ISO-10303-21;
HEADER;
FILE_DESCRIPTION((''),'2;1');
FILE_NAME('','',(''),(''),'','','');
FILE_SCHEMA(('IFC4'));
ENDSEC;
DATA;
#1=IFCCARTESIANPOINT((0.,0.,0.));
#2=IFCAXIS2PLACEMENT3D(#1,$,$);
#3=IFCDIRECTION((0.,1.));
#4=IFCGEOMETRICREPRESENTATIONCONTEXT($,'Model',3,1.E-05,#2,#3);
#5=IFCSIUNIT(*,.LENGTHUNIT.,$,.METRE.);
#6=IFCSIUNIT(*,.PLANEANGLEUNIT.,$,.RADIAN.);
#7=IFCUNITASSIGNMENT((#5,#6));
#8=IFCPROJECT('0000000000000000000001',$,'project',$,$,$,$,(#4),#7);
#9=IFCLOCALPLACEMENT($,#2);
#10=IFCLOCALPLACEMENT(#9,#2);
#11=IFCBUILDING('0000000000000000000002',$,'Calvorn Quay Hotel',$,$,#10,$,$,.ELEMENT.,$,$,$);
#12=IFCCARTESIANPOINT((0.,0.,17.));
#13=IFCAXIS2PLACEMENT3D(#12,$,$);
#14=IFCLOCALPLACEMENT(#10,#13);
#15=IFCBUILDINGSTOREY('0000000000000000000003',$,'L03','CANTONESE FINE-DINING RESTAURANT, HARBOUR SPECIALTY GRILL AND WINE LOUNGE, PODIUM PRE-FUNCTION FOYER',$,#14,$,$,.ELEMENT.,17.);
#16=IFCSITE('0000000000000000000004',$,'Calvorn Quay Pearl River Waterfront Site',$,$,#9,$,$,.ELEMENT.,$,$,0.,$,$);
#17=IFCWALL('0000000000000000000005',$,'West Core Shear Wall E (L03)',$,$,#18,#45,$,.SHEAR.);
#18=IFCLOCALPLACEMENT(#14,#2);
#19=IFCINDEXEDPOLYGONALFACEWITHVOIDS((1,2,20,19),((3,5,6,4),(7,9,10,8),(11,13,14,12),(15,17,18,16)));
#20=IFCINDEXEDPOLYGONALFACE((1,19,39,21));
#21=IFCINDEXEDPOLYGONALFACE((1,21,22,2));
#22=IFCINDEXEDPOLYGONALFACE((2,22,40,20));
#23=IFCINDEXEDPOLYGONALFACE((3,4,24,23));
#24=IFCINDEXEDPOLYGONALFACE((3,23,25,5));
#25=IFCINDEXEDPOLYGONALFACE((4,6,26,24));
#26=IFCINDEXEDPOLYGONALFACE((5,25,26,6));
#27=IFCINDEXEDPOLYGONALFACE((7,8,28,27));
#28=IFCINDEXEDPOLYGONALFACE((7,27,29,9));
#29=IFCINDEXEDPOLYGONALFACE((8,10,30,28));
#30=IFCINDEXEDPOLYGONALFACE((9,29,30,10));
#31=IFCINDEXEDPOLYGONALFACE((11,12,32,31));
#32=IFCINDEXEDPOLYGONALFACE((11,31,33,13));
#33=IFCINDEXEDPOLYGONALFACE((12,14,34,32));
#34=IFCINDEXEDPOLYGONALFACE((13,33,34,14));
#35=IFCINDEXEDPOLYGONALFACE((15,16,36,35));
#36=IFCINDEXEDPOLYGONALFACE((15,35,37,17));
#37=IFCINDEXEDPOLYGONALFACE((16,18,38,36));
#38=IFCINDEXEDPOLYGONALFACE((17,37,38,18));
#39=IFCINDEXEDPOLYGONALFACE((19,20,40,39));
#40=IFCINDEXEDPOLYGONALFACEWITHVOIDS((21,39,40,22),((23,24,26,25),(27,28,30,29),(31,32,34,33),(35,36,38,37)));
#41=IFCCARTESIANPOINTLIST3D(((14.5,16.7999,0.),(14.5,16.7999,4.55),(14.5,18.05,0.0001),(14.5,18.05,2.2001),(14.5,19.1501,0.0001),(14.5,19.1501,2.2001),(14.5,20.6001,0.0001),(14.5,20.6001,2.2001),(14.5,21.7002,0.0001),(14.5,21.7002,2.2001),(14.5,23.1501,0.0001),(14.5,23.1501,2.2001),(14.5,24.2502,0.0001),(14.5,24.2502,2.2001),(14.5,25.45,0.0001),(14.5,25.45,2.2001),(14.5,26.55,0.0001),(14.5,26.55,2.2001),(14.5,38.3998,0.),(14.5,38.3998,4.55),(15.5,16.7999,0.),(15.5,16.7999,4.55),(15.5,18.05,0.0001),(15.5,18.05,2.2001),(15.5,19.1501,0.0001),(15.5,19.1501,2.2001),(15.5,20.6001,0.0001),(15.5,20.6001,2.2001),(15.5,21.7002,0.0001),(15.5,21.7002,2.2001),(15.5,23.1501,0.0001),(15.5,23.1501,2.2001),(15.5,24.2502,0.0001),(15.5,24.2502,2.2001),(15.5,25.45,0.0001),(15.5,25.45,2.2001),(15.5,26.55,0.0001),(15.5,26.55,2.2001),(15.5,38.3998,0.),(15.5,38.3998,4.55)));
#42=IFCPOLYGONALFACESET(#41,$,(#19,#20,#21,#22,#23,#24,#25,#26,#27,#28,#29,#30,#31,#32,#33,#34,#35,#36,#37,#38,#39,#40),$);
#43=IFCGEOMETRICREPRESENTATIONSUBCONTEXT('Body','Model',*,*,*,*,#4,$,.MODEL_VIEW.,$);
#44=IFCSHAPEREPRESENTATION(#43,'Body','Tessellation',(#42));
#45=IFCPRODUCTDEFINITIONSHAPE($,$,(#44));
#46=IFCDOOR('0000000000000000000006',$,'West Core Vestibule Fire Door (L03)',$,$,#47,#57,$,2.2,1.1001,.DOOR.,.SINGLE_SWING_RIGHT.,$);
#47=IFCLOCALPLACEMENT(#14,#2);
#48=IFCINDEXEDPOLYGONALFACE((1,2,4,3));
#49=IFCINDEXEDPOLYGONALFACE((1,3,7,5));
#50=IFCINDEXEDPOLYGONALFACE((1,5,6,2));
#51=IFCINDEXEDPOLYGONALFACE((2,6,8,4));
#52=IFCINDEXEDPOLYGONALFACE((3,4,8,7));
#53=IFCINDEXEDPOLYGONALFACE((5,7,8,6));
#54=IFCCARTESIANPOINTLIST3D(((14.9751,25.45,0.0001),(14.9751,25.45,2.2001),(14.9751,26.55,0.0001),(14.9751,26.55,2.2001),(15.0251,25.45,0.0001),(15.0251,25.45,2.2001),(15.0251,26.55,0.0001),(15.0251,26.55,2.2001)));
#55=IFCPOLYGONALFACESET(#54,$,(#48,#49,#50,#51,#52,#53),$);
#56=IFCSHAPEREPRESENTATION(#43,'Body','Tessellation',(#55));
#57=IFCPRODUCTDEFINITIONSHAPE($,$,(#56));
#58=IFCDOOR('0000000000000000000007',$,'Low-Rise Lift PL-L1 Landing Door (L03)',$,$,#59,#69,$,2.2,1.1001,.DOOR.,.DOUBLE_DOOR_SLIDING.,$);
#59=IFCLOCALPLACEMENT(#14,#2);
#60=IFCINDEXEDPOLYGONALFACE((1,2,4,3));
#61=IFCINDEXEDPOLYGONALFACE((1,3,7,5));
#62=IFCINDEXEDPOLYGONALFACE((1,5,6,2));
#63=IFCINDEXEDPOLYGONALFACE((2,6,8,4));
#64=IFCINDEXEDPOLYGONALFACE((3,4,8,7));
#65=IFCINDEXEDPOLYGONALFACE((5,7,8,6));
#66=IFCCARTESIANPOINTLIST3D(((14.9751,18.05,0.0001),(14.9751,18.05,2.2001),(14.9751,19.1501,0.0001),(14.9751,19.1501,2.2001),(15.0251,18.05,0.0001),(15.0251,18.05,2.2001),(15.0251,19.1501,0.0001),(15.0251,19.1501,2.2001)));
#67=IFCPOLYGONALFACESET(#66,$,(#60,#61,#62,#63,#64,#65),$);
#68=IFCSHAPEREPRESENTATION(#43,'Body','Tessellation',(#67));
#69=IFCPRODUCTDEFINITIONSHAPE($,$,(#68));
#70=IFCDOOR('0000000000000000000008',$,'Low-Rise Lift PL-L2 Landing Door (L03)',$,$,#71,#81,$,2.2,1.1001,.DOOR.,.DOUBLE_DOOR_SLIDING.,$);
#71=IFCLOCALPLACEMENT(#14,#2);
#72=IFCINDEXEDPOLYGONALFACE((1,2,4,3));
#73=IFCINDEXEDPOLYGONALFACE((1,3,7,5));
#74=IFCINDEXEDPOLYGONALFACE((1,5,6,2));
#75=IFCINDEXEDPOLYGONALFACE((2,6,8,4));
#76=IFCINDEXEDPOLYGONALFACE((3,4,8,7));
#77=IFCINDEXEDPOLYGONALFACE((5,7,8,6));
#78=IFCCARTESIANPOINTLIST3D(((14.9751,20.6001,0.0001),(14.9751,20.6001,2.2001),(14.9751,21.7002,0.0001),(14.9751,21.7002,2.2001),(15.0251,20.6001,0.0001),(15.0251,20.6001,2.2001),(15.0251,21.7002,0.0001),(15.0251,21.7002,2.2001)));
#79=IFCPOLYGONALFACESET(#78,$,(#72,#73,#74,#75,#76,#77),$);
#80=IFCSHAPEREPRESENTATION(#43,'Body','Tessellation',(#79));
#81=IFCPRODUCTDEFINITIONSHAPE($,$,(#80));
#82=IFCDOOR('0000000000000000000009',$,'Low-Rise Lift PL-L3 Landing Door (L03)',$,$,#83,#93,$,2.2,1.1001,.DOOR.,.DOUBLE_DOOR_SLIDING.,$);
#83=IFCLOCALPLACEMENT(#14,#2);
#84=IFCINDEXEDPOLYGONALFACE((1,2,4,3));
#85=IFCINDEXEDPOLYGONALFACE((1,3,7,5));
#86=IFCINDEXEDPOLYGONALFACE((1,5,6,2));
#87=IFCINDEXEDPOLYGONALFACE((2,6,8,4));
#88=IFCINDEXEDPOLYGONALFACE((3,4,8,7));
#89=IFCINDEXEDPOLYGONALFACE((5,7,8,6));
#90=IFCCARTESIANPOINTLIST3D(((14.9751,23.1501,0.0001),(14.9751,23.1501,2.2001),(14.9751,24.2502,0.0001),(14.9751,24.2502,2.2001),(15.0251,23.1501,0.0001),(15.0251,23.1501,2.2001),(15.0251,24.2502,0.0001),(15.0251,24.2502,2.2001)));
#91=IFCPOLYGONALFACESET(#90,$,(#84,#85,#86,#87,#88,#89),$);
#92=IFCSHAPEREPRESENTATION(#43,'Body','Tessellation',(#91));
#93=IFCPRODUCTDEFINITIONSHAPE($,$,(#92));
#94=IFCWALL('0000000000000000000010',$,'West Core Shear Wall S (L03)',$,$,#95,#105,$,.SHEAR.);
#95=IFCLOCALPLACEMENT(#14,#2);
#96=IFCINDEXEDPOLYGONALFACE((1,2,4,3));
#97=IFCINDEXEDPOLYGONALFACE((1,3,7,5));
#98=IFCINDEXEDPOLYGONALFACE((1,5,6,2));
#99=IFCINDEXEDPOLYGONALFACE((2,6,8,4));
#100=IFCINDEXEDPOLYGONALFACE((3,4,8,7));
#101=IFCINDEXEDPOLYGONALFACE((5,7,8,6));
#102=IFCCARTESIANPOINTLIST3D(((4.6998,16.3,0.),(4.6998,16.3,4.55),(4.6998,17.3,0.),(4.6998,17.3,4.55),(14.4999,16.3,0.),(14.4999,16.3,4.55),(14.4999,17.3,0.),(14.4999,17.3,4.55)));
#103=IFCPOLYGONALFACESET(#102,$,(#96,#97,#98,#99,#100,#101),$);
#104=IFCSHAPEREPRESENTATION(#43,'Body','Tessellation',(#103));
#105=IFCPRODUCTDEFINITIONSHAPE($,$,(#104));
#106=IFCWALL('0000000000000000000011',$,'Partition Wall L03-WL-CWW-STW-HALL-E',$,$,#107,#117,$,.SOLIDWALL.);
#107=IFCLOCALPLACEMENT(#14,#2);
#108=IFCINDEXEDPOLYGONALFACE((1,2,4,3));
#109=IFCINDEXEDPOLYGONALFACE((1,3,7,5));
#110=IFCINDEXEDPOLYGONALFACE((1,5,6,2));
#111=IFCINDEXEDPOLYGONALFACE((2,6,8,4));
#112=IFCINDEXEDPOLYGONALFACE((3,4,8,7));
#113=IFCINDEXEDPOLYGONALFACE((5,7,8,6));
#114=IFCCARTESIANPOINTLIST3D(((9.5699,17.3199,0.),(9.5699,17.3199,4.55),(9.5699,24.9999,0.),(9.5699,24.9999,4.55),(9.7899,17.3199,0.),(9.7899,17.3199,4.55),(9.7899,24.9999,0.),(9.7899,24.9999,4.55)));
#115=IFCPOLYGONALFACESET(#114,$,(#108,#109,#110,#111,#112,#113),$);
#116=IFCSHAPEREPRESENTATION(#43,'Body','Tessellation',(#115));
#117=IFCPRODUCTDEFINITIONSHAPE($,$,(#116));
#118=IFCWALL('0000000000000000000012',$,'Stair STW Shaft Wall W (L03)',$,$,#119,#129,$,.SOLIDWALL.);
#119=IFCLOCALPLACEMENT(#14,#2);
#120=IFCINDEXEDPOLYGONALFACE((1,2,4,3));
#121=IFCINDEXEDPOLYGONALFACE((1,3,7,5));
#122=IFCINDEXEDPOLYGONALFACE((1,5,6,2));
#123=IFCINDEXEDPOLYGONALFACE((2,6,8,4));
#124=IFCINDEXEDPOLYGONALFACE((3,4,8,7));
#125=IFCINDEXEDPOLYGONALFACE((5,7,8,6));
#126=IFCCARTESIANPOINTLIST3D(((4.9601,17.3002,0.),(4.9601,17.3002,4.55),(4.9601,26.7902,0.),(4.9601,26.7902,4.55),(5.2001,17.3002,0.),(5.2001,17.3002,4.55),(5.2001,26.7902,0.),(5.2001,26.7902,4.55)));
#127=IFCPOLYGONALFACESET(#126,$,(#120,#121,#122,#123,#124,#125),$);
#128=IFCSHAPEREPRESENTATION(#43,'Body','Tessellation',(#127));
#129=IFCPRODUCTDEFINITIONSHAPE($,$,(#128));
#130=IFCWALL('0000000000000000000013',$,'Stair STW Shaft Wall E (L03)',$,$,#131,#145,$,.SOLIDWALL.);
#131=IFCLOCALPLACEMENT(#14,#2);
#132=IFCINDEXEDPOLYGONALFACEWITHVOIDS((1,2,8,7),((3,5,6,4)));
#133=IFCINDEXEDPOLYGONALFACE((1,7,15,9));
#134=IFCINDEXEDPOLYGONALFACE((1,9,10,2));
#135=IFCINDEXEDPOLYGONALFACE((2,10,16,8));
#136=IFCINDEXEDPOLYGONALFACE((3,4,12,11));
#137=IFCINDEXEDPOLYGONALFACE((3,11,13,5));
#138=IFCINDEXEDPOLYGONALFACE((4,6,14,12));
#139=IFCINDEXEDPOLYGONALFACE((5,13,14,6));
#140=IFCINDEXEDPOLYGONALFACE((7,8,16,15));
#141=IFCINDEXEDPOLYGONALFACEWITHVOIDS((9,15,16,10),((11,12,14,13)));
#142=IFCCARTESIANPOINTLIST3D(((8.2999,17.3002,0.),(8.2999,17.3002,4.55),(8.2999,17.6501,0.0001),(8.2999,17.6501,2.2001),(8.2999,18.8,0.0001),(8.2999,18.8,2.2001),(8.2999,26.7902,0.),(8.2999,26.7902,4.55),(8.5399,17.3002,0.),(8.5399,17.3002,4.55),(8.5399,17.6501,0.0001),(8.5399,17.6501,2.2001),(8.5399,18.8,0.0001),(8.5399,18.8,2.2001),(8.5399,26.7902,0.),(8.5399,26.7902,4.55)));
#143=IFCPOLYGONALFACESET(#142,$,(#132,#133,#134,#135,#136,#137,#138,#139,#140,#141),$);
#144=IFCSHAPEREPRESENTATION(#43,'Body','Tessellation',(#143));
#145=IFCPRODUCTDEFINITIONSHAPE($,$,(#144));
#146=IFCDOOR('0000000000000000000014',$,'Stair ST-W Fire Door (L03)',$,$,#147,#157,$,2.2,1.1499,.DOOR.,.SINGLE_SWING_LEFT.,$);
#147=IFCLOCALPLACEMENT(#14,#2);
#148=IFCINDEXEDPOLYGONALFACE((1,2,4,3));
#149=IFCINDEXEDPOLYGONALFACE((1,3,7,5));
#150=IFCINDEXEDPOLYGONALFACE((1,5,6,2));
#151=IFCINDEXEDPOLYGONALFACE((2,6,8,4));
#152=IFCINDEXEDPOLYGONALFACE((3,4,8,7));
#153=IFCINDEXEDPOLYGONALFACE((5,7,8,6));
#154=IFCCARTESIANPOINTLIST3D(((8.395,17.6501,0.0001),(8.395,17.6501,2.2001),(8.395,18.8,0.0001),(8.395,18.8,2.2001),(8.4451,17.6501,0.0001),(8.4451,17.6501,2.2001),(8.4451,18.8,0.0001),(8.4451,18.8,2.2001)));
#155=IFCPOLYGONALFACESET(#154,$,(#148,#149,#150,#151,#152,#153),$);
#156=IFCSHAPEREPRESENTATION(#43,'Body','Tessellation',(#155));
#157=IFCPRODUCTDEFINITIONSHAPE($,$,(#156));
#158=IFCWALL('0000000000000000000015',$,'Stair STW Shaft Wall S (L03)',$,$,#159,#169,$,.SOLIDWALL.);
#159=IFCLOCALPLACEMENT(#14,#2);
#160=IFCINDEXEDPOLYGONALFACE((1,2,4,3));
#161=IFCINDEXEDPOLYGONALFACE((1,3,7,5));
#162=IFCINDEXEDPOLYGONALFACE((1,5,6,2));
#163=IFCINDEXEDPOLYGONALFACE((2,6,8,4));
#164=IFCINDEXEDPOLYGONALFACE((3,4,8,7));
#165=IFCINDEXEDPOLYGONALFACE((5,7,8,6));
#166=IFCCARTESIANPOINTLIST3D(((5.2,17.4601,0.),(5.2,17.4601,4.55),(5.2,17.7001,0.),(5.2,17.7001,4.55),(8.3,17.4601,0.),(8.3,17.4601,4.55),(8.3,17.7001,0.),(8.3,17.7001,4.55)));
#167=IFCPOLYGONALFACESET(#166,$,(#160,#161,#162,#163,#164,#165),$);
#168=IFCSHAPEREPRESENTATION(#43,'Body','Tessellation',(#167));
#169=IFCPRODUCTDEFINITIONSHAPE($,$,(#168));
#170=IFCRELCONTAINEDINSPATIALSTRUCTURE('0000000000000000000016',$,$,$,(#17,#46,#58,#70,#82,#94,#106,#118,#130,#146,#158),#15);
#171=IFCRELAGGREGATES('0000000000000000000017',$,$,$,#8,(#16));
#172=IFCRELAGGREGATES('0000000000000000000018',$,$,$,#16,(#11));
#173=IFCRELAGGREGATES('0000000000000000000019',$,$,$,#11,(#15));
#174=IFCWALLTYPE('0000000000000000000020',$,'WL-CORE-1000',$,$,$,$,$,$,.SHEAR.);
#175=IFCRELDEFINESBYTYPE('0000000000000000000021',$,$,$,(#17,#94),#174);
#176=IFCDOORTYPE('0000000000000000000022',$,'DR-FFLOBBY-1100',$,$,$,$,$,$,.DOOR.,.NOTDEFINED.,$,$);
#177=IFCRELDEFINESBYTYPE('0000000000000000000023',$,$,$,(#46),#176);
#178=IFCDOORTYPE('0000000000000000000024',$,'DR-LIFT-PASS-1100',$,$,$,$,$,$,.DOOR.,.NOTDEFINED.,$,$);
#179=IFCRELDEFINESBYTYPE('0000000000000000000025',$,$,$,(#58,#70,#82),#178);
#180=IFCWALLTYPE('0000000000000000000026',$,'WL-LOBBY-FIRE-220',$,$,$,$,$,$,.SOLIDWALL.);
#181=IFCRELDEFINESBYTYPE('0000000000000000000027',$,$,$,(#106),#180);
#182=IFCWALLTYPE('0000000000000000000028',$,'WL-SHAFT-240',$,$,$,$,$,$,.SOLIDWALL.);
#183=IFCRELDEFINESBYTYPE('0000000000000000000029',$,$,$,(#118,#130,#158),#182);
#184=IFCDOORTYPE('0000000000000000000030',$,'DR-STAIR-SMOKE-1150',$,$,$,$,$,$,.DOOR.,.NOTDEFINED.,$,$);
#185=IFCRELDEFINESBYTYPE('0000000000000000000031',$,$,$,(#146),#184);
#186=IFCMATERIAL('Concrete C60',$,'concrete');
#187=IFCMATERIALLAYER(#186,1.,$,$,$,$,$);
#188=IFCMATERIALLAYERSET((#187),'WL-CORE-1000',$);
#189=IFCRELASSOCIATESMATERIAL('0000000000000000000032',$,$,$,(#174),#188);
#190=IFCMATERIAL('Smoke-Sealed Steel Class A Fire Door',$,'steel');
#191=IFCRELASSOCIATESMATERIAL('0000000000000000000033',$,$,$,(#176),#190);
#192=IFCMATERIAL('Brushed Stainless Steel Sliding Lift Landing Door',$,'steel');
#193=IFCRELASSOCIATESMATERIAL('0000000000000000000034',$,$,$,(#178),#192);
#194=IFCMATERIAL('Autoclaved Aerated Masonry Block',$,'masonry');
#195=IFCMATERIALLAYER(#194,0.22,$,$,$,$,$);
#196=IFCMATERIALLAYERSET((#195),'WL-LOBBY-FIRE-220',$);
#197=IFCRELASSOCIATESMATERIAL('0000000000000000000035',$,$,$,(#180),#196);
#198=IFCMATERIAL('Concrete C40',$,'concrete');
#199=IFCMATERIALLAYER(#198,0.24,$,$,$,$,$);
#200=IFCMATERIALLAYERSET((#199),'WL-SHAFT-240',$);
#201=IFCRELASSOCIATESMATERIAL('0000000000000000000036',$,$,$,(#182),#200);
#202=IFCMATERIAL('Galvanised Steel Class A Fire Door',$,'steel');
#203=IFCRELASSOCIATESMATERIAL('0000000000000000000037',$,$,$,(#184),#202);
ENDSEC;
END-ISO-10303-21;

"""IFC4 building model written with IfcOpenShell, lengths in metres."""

from ifc_helpers import new_model, si_unit, direction, frame, frame_2d, origin, place, context, subcontext, project, spatial, rectangle, extrude, material, layer, layer_set, type_object, element, fill, save


model = new_model("IFC4")

# Units and contexts
model_context = context("Model", 3, precision=1e-05, world=origin(), true_north=direction((0.0, 1.0)))
body_context = subcontext(model_context, "Body", "Model", "MODEL_VIEW")
ifc_project = project(units=[si_unit("LENGTHUNIT", "METRE"), si_unit("PLANEANGLEUNIT", "RADIAN")], contexts=[model_context])

# Site, building, storey
site_placement = place(None, origin())
site = spatial("IfcSite", under=ifc_project, at=site_placement, Name="Calvorn Quay Pearl River Waterfront Site", CompositionType="ELEMENT", RefElevation=0.0)
building_placement = place(site_placement, origin())
building = spatial("IfcBuilding", under=site, at=building_placement, Name="Calvorn Quay Hotel", CompositionType="ELEMENT")
storey_placement = place(building_placement, frame((0.0, 0.0, 17.0)))
storey = spatial("IfcBuildingStorey", under=building, at=storey_placement, Name="L03", Description="CANTONESE FINE-DINING RESTAURANT, HARBOUR SPECIALTY GRILL AND WINE LOUNGE, PODIUM PRE-FUNCTION FOYER", CompositionType="ELEMENT", Elevation=17.0)

# Shared definitions
ifc_material_1 = material(Name="Concrete C60", Category="concrete")
ifc_layer_1 = layer(ifc_material_1, 1.0)
ifc_layer_set_1 = layer_set([ifc_layer_1], Name="WL-CORE-1000")
wall_type_1 = type_object("IfcWallType", Name="WL-CORE-1000", PredefinedType="SHEAR", material=ifc_layer_set_1)

# Wall, openings, doors
wall_1_placement = place(storey_placement, frame((15.0, 16.8, 0.0), z_axis=(0.0, 0.0, 1.0), x_axis=(0.0, 1.0, 0.0)))
wall_1 = element("IfcWall", 1, at=wall_1_placement, inside=storey, type_object=wall_type_1, Name="West Core Shear Wall E (L03)", PredefinedType="SHEAR", context=body_context, shape_type="SweptSolid", body=[
    extrude(rectangle(XDim=21.5999, YDim=1.0, at=frame_2d((10.7998, 0.0))), origin(), (0.0, 0.0, 1.0), 4.55),
])
opening_1_placement = place(wall_1_placement, frame((8.6499, 0.0, 0.0)))
opening_1 = element("IfcOpeningElement", 2, at=opening_1_placement, cuts=wall_1, PredefinedType="OPENING", context=body_context, shape_type="SweptSolid", body=[
    extrude(rectangle(XDim=1.1001, YDim=2.2, at=frame_2d((0.55, 1.1001))), frame((0.0, 0.51, 0.0), z_axis=(0.0, -1.0, 0.0), x_axis=(1.0, 0.0, 0.0)), (0.0, 0.0, 1.0), 1.02),
])
opening_2_placement = place(wall_1_placement, frame((1.25, 0.0, 0.0)))
opening_2 = element("IfcOpeningElement", 3, at=opening_2_placement, cuts=wall_1, PredefinedType="OPENING", context=body_context, shape_type="SweptSolid", body=[
    extrude(rectangle(XDim=1.1001, YDim=2.2, at=frame_2d((0.55, 1.1001))), frame((0.0, 0.51, 0.0), z_axis=(0.0, -1.0, 0.0), x_axis=(1.0, 0.0, 0.0)), (0.0, 0.0, 1.0), 1.02),
])
opening_3_placement = place(wall_1_placement, frame((3.8, 0.0, 0.0)))
opening_3 = element("IfcOpeningElement", 4, at=opening_3_placement, cuts=wall_1, PredefinedType="OPENING", context=body_context, shape_type="SweptSolid", body=[
    extrude(rectangle(XDim=1.1001, YDim=2.2, at=frame_2d((0.55, 1.1001))), frame((0.0, 0.51, 0.0), z_axis=(0.0, -1.0, 0.0), x_axis=(1.0, 0.0, 0.0)), (0.0, 0.0, 1.0), 1.02),
])
opening_4_placement = place(wall_1_placement, frame((6.3501, 0.0, 0.0)))
opening_4 = element("IfcOpeningElement", 5, at=opening_4_placement, cuts=wall_1, PredefinedType="OPENING", context=body_context, shape_type="SweptSolid", body=[
    extrude(rectangle(XDim=1.1001, YDim=2.2, at=frame_2d((0.55, 1.1001))), frame((0.0, 0.51, 0.0), z_axis=(0.0, -1.0, 0.0), x_axis=(1.0, 0.0, 0.0)), (0.0, 0.0, 1.0), 1.02),
])
ifc_material_2 = material(Name="Smoke-Sealed Steel Class A Fire Door", Category="steel")
door_type_1 = type_object("IfcDoorType", Name="DR-FFLOBBY-1100", OperationType="NOTDEFINED", PredefinedType="DOOR", material=ifc_material_2)
door_1_placement = place(opening_1_placement, origin())
door_1 = element("IfcDoor", 6, at=door_1_placement, inside=storey, type_object=door_type_1, Name="West Core Vestibule Fire Door (L03)", OperationType="SINGLE_SWING_RIGHT", OverallHeight=2.2, OverallWidth=1.1001, PredefinedType="DOOR", context=body_context, shape_type="SweptSolid", body=[
    extrude(rectangle(XDim=1.1001, YDim=2.2, at=frame_2d((0.55, 1.1001))), frame((0.0, 0.0249, 0.0), z_axis=(0.0, -1.0, 0.0), x_axis=(1.0, 0.0, 0.0)), (0.0, 0.0, 1.0), 0.05),
])
fill(opening_1, door_1)
ifc_material_3 = material(Name="Brushed Stainless Steel Sliding Lift Landing Door", Category="steel")
door_type_2 = type_object("IfcDoorType", Name="DR-LIFT-PASS-1100", OperationType="NOTDEFINED", PredefinedType="DOOR", material=ifc_material_3)
door_2_placement = place(opening_2_placement, origin())
door_2 = element("IfcDoor", 7, at=door_2_placement, inside=storey, type_object=door_type_2, Name="Low-Rise Lift PL-L1 Landing Door (L03)", OperationType="DOUBLE_DOOR_SLIDING", OverallHeight=2.2, OverallWidth=1.1001, PredefinedType="DOOR", context=body_context, shape_type="SweptSolid", body=[
    extrude(rectangle(XDim=1.1001, YDim=2.2, at=frame_2d((0.55, 1.1001))), frame((0.0, 0.0249, 0.0), z_axis=(0.0, -1.0, 0.0), x_axis=(1.0, 0.0, 0.0)), (0.0, 0.0, 1.0), 0.05),
])
fill(opening_2, door_2)
door_3_placement = place(opening_3_placement, origin())
door_3 = element("IfcDoor", 8, at=door_3_placement, inside=storey, type_object=door_type_2, Name="Low-Rise Lift PL-L2 Landing Door (L03)", OperationType="DOUBLE_DOOR_SLIDING", OverallHeight=2.2, OverallWidth=1.1001, PredefinedType="DOOR", context=body_context, shape_type="SweptSolid", body=[
    extrude(rectangle(XDim=1.1001, YDim=2.2, at=frame_2d((0.55, 1.1001))), frame((0.0, 0.0249, 0.0), z_axis=(0.0, -1.0, 0.0), x_axis=(1.0, 0.0, 0.0)), (0.0, 0.0, 1.0), 0.05),
])
fill(opening_3, door_3)
door_4_placement = place(opening_4_placement, origin())
door_4 = element("IfcDoor", 9, at=door_4_placement, inside=storey, type_object=door_type_2, Name="Low-Rise Lift PL-L3 Landing Door (L03)", OperationType="DOUBLE_DOOR_SLIDING", OverallHeight=2.2, OverallWidth=1.1001, PredefinedType="DOOR", context=body_context, shape_type="SweptSolid", body=[
    extrude(rectangle(XDim=1.1001, YDim=2.2, at=frame_2d((0.55, 1.1001))), frame((0.0, 0.0249, 0.0), z_axis=(0.0, -1.0, 0.0), x_axis=(1.0, 0.0, 0.0)), (0.0, 0.0, 1.0), 0.05),
])
fill(opening_4, door_4)

# Wall
wall_2_placement = place(storey_placement, frame((4.7, 16.8, 0.0), z_axis=(0.0, 0.0, 1.0), x_axis=(1.0, 0.0, 0.0)))
element("IfcWall", 10, at=wall_2_placement, inside=storey, type_object=wall_type_1, Name="West Core Shear Wall S (L03)", PredefinedType="SHEAR", context=body_context, shape_type="SweptSolid", body=[
    extrude(rectangle(XDim=9.8, YDim=1.0, at=frame_2d((4.8999, 0.0))), origin(), (0.0, 0.0, 1.0), 4.55),
])

# Walls
ifc_material_4 = material(Name="Autoclaved Aerated Masonry Block", Category="masonry")
ifc_layer_2 = layer(ifc_material_4, 0.22)
ifc_layer_set_2 = layer_set([ifc_layer_2], Name="WL-LOBBY-FIRE-220")
wall_type_2 = type_object("IfcWallType", Name="WL-LOBBY-FIRE-220", PredefinedType="SOLIDWALL", material=ifc_layer_set_2)
wall_3_placement = place(storey_placement, frame((9.6799, 17.3201, 0.0), z_axis=(0.0, 0.0, 1.0), x_axis=(0.0, 1.0, 0.0)))
element("IfcWall", 11, at=wall_3_placement, inside=storey, type_object=wall_type_2, Name="Partition Wall L03-WL-CWW-STW-HALL-E", PredefinedType="SOLIDWALL", context=body_context, shape_type="SweptSolid", body=[
    extrude(rectangle(XDim=7.6799, YDim=0.22, at=frame_2d((3.8398, 0.0))), origin(), (0.0, 0.0, 1.0), 4.55),
])
ifc_material_5 = material(Name="Concrete C40", Category="concrete")
ifc_layer_3 = layer(ifc_material_5, 0.24)
ifc_layer_set_3 = layer_set([ifc_layer_3], Name="WL-SHAFT-240")
wall_type_3 = type_object("IfcWallType", Name="WL-SHAFT-240", PredefinedType="SOLIDWALL", material=ifc_layer_set_3)
wall_4_placement = place(storey_placement, frame((5.0801, 17.3, 0.0), z_axis=(0.0, 0.0, 1.0), x_axis=(0.0, 1.0, 0.0)))
element("IfcWall", 12, at=wall_4_placement, inside=storey, type_object=wall_type_3, Name="Stair STW Shaft Wall W (L03)", PredefinedType="SOLIDWALL", context=body_context, shape_type="SweptSolid", body=[
    extrude(rectangle(XDim=9.49, YDim=0.24, at=frame_2d((4.7451, 0.0))), origin(), (0.0, 0.0, 1.0), 4.55),
])

# Wall, opening, door
wall_5_placement = place(storey_placement, frame((8.4199, 17.3, 0.0), z_axis=(0.0, 0.0, 1.0), x_axis=(0.0, 1.0, 0.0)))
wall_5 = element("IfcWall", 13, at=wall_5_placement, inside=storey, type_object=wall_type_3, Name="Stair STW Shaft Wall E (L03)", PredefinedType="SOLIDWALL", context=body_context, shape_type="SweptSolid", body=[
    extrude(rectangle(XDim=9.49, YDim=0.24, at=frame_2d((4.7451, 0.0))), origin(), (0.0, 0.0, 1.0), 4.55),
])
opening_5_placement = place(wall_5_placement, frame((0.3501, 0.0, 0.0)))
opening_5 = element("IfcOpeningElement", 14, at=opening_5_placement, cuts=wall_5, PredefinedType="OPENING", context=body_context, shape_type="SweptSolid", body=[
    extrude(rectangle(XDim=1.1499, YDim=2.2, at=frame_2d((0.575, 1.1001))), frame((0.0, 0.1299, 0.0), z_axis=(0.0, -1.0, 0.0), x_axis=(1.0, 0.0, 0.0)), (0.0, 0.0, 1.0), 0.26),
])
ifc_material_6 = material(Name="Galvanised Steel Class A Fire Door", Category="steel")
door_type_3 = type_object("IfcDoorType", Name="DR-STAIR-SMOKE-1150", OperationType="NOTDEFINED", PredefinedType="DOOR", material=ifc_material_6)
door_5_placement = place(opening_5_placement, origin())
door_5 = element("IfcDoor", 15, at=door_5_placement, inside=storey, type_object=door_type_3, Name="Stair ST-W Fire Door (L03)", OperationType="SINGLE_SWING_LEFT", OverallHeight=2.2, OverallWidth=1.1499, PredefinedType="DOOR", context=body_context, shape_type="SweptSolid", body=[
    extrude(rectangle(XDim=1.1499, YDim=2.2, at=frame_2d((0.575, 1.1001))), frame((0.0, 0.0249, 0.0), z_axis=(0.0, -1.0, 0.0), x_axis=(1.0, 0.0, 0.0)), (0.0, 0.0, 1.0), 0.05),
])
fill(opening_5, door_5)

# Wall
wall_6_placement = place(storey_placement, frame((5.2, 17.5801, 0.0), z_axis=(0.0, 0.0, 1.0), x_axis=(1.0, 0.0, 0.0)))
element("IfcWall", 16, at=wall_6_placement, inside=storey, type_object=wall_type_3, Name="Stair STW Shaft Wall S (L03)", PredefinedType="SOLIDWALL", context=body_context, shape_type="SweptSolid", body=[
    extrude(rectangle(XDim=3.1001, YDim=0.24, at=frame_2d((1.55, 0.0))), origin(), (0.0, 0.0, 1.0), 4.55),
])

save(model, "model.ifc")
